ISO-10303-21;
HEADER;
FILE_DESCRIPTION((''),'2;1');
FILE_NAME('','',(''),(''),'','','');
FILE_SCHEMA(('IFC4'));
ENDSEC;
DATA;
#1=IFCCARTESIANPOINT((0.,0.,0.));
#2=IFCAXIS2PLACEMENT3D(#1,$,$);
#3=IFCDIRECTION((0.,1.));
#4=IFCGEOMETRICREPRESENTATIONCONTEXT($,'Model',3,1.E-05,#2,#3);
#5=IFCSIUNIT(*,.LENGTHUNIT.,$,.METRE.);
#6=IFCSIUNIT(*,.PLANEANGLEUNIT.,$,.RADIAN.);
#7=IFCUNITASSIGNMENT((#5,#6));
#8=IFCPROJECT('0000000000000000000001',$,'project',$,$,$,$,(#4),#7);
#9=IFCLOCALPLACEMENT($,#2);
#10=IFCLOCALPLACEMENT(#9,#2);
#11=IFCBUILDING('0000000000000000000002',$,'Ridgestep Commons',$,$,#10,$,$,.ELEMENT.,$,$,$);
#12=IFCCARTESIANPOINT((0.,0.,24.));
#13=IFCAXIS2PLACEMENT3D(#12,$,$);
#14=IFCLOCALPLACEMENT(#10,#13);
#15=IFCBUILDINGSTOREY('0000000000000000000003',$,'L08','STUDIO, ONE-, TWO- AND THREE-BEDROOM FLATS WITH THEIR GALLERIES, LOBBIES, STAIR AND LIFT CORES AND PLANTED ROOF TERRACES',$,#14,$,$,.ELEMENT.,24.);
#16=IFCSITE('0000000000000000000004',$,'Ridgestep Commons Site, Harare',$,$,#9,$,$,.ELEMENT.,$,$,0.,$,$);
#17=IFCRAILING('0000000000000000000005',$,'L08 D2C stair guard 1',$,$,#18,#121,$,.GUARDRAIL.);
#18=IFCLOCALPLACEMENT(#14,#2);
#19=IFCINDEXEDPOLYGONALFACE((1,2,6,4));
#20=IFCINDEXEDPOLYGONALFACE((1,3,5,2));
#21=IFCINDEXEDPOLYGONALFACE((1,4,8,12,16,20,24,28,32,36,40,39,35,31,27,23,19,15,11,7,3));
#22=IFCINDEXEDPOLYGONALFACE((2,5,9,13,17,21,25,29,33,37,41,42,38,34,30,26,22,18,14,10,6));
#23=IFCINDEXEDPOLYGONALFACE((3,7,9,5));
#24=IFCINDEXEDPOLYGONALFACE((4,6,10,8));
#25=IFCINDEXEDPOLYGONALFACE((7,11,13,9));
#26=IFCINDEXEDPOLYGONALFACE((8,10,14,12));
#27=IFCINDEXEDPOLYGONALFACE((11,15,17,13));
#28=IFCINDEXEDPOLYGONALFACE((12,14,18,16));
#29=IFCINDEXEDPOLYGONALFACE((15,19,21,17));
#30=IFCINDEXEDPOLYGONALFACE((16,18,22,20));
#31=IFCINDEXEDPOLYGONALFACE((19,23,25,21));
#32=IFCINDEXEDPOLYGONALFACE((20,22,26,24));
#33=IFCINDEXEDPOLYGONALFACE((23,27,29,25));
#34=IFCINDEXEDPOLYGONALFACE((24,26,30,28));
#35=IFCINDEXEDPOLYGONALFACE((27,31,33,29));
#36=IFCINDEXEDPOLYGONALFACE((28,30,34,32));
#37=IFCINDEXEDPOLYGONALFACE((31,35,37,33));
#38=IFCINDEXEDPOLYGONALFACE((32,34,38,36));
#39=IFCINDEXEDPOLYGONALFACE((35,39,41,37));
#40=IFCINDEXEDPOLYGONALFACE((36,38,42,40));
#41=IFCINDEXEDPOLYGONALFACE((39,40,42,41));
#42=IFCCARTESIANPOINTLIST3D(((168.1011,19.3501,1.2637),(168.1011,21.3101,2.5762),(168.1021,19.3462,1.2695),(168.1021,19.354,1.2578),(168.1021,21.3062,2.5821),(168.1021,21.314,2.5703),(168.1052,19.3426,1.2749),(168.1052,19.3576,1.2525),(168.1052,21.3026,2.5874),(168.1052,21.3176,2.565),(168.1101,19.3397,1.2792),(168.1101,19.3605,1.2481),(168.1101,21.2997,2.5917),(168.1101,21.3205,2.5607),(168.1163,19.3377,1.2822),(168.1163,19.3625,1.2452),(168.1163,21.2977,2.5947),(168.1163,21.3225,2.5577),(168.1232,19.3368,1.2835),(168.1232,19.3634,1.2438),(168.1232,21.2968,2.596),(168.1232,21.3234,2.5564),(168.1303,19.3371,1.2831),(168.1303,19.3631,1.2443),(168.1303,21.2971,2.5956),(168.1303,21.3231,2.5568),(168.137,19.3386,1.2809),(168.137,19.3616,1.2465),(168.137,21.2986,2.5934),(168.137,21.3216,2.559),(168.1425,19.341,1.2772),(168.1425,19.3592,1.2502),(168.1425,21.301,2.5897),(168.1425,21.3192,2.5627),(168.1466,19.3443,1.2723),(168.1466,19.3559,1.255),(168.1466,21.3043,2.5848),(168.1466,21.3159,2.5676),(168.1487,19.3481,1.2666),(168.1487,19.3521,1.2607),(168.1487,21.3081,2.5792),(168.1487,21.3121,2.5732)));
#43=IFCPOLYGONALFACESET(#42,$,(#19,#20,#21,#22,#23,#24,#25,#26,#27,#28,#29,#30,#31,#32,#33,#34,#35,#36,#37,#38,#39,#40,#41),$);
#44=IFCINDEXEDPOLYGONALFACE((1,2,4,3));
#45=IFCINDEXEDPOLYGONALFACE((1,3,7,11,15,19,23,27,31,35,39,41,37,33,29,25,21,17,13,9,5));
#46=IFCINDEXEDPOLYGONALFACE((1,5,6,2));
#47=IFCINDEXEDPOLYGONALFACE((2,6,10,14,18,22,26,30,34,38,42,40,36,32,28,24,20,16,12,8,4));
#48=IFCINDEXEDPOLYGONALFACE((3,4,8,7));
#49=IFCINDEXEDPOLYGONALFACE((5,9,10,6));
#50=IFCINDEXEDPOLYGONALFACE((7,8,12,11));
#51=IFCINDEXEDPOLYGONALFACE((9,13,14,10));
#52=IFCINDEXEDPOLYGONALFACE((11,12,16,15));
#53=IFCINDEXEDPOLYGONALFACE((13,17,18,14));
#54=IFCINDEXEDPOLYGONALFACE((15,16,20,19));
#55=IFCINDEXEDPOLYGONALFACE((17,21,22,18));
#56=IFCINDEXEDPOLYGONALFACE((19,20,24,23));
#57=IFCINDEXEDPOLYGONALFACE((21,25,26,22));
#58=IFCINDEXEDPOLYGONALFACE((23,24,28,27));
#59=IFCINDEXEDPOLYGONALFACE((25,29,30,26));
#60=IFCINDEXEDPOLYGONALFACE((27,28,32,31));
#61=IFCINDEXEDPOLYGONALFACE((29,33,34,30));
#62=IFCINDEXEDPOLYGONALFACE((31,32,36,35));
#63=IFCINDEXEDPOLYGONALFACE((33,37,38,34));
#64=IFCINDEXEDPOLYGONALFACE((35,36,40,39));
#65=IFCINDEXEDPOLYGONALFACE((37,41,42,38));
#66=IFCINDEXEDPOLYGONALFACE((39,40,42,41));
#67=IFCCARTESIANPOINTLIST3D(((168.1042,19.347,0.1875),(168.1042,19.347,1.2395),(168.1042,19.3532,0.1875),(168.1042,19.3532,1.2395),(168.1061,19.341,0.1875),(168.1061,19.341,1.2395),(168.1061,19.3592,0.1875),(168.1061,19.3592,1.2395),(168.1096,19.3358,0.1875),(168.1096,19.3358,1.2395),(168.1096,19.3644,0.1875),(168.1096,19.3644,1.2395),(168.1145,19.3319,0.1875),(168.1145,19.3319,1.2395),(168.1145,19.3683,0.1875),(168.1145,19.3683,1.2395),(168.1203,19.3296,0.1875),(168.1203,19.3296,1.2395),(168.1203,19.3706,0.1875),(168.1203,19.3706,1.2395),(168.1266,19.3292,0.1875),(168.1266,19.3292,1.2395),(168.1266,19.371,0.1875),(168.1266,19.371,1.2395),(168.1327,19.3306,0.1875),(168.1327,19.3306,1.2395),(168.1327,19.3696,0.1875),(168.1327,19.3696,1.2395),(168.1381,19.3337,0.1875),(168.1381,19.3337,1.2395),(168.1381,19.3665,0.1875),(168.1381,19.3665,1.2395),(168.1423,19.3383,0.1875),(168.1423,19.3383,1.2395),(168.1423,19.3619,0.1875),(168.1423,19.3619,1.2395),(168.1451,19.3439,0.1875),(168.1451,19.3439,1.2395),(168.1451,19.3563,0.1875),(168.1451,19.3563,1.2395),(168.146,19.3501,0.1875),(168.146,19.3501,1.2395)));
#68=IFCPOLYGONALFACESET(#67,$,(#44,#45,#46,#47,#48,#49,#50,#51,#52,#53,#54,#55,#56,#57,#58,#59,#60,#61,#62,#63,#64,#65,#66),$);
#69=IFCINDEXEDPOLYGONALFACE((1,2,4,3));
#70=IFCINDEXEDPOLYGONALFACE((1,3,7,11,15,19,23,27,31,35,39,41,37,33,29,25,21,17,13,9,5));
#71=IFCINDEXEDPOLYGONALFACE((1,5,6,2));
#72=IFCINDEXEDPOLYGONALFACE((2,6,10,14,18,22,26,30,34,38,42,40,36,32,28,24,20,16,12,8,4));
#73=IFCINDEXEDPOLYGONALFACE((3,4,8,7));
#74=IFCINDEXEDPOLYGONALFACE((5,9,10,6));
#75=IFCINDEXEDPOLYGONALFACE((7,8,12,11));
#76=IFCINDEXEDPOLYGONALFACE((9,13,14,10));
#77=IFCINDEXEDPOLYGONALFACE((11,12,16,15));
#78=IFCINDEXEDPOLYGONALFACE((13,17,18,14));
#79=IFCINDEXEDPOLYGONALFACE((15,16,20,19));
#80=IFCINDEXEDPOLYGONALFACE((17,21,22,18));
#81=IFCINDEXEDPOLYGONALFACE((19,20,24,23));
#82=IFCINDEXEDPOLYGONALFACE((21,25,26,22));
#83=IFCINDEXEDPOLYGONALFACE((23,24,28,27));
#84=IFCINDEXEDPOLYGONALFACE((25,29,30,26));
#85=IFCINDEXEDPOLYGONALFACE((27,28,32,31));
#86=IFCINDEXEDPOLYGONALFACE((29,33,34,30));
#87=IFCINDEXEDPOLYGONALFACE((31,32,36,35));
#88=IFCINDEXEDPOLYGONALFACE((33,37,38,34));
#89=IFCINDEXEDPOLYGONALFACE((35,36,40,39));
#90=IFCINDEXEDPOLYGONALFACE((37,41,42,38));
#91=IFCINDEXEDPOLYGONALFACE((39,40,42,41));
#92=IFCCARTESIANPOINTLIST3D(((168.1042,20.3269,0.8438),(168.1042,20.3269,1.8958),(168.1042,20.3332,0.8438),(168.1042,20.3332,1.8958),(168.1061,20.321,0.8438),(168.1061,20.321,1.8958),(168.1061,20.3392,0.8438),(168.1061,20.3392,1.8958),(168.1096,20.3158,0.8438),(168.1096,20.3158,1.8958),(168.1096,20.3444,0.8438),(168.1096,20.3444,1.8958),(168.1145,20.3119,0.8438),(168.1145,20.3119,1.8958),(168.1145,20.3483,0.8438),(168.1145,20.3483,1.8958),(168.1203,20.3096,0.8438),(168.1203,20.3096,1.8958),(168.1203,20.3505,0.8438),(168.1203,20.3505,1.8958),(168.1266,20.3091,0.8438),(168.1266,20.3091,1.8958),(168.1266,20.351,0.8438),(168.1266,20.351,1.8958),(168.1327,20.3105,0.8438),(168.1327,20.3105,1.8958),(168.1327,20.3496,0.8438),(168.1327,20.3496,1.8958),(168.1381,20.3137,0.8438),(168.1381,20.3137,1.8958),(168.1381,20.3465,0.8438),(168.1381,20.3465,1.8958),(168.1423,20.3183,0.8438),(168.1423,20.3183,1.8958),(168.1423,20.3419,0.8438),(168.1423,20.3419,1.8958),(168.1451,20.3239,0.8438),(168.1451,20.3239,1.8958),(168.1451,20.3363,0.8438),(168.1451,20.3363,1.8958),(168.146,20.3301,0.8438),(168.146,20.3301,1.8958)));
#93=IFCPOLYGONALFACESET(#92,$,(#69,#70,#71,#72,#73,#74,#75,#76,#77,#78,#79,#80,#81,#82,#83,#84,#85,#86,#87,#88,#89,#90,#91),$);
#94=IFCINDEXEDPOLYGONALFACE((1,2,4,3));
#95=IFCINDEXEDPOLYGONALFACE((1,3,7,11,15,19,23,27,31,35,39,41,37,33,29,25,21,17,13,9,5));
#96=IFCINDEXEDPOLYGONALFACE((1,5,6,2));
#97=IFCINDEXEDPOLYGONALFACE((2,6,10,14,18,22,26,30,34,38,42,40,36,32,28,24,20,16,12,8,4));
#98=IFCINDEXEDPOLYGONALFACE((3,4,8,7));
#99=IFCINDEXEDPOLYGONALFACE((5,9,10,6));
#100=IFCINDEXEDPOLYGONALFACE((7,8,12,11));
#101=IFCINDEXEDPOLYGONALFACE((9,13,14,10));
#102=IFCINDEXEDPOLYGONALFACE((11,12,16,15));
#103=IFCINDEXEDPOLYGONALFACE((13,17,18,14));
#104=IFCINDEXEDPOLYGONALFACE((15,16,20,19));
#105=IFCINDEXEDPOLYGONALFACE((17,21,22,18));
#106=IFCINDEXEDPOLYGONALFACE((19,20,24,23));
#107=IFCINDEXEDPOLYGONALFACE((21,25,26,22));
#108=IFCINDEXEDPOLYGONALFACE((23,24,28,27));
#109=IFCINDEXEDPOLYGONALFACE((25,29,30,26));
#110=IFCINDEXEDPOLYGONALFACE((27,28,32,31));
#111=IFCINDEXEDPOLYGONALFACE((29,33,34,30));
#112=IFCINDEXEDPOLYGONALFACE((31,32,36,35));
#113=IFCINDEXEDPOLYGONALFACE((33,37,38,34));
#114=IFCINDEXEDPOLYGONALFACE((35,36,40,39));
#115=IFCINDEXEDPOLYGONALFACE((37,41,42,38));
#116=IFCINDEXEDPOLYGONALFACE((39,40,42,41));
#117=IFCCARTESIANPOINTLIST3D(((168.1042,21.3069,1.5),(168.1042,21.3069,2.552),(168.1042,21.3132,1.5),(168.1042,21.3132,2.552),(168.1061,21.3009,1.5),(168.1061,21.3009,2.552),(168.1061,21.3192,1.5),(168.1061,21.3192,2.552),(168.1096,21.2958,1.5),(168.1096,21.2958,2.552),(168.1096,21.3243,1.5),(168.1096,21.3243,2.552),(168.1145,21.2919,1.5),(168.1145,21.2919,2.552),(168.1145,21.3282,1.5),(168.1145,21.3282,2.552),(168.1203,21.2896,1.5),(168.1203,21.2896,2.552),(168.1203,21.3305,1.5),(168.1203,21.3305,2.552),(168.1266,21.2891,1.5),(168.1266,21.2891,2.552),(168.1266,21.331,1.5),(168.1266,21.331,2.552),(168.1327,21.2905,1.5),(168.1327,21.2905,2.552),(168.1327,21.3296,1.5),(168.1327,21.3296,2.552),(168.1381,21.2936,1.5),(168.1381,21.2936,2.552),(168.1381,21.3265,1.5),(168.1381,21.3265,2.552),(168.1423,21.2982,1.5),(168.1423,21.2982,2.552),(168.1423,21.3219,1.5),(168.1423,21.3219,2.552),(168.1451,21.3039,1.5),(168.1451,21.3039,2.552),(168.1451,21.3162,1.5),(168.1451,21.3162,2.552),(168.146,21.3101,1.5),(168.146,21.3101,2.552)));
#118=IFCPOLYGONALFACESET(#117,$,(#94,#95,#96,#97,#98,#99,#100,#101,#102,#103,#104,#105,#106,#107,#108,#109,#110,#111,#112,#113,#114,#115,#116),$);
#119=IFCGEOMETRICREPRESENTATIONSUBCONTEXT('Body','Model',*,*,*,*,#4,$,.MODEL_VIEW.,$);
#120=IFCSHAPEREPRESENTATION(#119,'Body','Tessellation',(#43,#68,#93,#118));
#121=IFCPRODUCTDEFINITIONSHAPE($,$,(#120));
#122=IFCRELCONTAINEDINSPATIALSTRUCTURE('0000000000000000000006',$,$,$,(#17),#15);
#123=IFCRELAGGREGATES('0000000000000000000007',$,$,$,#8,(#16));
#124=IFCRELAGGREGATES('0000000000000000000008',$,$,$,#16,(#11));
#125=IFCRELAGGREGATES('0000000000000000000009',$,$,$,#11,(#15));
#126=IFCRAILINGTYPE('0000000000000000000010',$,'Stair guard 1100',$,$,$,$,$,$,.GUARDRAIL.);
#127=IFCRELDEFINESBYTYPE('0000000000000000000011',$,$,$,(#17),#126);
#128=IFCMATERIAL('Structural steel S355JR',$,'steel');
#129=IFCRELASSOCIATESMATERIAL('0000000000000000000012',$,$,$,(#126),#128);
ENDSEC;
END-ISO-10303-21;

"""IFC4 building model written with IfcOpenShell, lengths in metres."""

from ifc_helpers import new_model, si_unit, direction, frame, origin, origin_2d, place, context, subcontext, project, spatial, circle, extrude, material, type_object, element, save


model = new_model("IFC4")

# Units and contexts
model_context = context("Model", 3, precision=1e-05, world=origin(), true_north=direction((0.0, 1.0)))
body_context = subcontext(model_context, "Body", "Model", "MODEL_VIEW")
ifc_project = project(units=[si_unit("LENGTHUNIT", "METRE"), si_unit("PLANEANGLEUNIT", "RADIAN")], contexts=[model_context])

# Site, building, storey
site_placement = place(None, origin())
site = spatial("IfcSite", under=ifc_project, at=site_placement, Name="Ridgestep Commons Site, Harare", CompositionType="ELEMENT", RefElevation=0.0)
building_placement = place(site_placement, origin())
building = spatial("IfcBuilding", under=site, at=building_placement, Name="Ridgestep Commons", CompositionType="ELEMENT")
storey_placement = place(building_placement, frame((0.0, 0.0, 24.0)))
storey = spatial("IfcBuildingStorey", under=building, at=storey_placement, Name="L08", Description="STUDIO, ONE-, TWO- AND THREE-BEDROOM FLATS WITH THEIR GALLERIES, LOBBIES, STAIR AND LIFT CORES AND PLANTED ROOF TERRACES", CompositionType="ELEMENT", Elevation=24.0)

# Railing
ifc_material_1 = material(Name="Structural steel S355JR", Category="steel")
railing_type_1 = type_object("IfcRailingType", Name="Stair guard 1100", PredefinedType="GUARDRAIL", material=ifc_material_1)
railing_1_placement = place(storey_placement, frame((168.125, 19.3501, 0.1875)))
element("IfcRailing", 1, at=railing_1_placement, inside=storey, type_object=railing_type_1, Name="L08 D2C stair guard 1", PredefinedType="GUARDRAIL", context=body_context, shape_type="SweptSolid", body=[
    extrude(circle(Radius=0.0239, at=origin_2d()), frame((0.0, 0.0, 1.0762), z_axis=(0.0, 0.830902, 0.556419), x_axis=(-1.0, 0.0, 0.0)), (0.0, 0.0, 1.0), 2.3589),
    extrude(circle(Radius=0.021, at=origin_2d()), origin(), (0.0, 0.0, 1.0), 1.052),
    extrude(circle(Radius=0.021, at=origin_2d()), frame((0.0, 0.98, 0.6562)), (0.0, 0.0, 1.0), 1.052),
    extrude(circle(Radius=0.021, at=origin_2d()), frame((0.0, 1.96, 1.3125)), (0.0, 0.0, 1.0), 1.052),
])

save(model, "model.ifc")
